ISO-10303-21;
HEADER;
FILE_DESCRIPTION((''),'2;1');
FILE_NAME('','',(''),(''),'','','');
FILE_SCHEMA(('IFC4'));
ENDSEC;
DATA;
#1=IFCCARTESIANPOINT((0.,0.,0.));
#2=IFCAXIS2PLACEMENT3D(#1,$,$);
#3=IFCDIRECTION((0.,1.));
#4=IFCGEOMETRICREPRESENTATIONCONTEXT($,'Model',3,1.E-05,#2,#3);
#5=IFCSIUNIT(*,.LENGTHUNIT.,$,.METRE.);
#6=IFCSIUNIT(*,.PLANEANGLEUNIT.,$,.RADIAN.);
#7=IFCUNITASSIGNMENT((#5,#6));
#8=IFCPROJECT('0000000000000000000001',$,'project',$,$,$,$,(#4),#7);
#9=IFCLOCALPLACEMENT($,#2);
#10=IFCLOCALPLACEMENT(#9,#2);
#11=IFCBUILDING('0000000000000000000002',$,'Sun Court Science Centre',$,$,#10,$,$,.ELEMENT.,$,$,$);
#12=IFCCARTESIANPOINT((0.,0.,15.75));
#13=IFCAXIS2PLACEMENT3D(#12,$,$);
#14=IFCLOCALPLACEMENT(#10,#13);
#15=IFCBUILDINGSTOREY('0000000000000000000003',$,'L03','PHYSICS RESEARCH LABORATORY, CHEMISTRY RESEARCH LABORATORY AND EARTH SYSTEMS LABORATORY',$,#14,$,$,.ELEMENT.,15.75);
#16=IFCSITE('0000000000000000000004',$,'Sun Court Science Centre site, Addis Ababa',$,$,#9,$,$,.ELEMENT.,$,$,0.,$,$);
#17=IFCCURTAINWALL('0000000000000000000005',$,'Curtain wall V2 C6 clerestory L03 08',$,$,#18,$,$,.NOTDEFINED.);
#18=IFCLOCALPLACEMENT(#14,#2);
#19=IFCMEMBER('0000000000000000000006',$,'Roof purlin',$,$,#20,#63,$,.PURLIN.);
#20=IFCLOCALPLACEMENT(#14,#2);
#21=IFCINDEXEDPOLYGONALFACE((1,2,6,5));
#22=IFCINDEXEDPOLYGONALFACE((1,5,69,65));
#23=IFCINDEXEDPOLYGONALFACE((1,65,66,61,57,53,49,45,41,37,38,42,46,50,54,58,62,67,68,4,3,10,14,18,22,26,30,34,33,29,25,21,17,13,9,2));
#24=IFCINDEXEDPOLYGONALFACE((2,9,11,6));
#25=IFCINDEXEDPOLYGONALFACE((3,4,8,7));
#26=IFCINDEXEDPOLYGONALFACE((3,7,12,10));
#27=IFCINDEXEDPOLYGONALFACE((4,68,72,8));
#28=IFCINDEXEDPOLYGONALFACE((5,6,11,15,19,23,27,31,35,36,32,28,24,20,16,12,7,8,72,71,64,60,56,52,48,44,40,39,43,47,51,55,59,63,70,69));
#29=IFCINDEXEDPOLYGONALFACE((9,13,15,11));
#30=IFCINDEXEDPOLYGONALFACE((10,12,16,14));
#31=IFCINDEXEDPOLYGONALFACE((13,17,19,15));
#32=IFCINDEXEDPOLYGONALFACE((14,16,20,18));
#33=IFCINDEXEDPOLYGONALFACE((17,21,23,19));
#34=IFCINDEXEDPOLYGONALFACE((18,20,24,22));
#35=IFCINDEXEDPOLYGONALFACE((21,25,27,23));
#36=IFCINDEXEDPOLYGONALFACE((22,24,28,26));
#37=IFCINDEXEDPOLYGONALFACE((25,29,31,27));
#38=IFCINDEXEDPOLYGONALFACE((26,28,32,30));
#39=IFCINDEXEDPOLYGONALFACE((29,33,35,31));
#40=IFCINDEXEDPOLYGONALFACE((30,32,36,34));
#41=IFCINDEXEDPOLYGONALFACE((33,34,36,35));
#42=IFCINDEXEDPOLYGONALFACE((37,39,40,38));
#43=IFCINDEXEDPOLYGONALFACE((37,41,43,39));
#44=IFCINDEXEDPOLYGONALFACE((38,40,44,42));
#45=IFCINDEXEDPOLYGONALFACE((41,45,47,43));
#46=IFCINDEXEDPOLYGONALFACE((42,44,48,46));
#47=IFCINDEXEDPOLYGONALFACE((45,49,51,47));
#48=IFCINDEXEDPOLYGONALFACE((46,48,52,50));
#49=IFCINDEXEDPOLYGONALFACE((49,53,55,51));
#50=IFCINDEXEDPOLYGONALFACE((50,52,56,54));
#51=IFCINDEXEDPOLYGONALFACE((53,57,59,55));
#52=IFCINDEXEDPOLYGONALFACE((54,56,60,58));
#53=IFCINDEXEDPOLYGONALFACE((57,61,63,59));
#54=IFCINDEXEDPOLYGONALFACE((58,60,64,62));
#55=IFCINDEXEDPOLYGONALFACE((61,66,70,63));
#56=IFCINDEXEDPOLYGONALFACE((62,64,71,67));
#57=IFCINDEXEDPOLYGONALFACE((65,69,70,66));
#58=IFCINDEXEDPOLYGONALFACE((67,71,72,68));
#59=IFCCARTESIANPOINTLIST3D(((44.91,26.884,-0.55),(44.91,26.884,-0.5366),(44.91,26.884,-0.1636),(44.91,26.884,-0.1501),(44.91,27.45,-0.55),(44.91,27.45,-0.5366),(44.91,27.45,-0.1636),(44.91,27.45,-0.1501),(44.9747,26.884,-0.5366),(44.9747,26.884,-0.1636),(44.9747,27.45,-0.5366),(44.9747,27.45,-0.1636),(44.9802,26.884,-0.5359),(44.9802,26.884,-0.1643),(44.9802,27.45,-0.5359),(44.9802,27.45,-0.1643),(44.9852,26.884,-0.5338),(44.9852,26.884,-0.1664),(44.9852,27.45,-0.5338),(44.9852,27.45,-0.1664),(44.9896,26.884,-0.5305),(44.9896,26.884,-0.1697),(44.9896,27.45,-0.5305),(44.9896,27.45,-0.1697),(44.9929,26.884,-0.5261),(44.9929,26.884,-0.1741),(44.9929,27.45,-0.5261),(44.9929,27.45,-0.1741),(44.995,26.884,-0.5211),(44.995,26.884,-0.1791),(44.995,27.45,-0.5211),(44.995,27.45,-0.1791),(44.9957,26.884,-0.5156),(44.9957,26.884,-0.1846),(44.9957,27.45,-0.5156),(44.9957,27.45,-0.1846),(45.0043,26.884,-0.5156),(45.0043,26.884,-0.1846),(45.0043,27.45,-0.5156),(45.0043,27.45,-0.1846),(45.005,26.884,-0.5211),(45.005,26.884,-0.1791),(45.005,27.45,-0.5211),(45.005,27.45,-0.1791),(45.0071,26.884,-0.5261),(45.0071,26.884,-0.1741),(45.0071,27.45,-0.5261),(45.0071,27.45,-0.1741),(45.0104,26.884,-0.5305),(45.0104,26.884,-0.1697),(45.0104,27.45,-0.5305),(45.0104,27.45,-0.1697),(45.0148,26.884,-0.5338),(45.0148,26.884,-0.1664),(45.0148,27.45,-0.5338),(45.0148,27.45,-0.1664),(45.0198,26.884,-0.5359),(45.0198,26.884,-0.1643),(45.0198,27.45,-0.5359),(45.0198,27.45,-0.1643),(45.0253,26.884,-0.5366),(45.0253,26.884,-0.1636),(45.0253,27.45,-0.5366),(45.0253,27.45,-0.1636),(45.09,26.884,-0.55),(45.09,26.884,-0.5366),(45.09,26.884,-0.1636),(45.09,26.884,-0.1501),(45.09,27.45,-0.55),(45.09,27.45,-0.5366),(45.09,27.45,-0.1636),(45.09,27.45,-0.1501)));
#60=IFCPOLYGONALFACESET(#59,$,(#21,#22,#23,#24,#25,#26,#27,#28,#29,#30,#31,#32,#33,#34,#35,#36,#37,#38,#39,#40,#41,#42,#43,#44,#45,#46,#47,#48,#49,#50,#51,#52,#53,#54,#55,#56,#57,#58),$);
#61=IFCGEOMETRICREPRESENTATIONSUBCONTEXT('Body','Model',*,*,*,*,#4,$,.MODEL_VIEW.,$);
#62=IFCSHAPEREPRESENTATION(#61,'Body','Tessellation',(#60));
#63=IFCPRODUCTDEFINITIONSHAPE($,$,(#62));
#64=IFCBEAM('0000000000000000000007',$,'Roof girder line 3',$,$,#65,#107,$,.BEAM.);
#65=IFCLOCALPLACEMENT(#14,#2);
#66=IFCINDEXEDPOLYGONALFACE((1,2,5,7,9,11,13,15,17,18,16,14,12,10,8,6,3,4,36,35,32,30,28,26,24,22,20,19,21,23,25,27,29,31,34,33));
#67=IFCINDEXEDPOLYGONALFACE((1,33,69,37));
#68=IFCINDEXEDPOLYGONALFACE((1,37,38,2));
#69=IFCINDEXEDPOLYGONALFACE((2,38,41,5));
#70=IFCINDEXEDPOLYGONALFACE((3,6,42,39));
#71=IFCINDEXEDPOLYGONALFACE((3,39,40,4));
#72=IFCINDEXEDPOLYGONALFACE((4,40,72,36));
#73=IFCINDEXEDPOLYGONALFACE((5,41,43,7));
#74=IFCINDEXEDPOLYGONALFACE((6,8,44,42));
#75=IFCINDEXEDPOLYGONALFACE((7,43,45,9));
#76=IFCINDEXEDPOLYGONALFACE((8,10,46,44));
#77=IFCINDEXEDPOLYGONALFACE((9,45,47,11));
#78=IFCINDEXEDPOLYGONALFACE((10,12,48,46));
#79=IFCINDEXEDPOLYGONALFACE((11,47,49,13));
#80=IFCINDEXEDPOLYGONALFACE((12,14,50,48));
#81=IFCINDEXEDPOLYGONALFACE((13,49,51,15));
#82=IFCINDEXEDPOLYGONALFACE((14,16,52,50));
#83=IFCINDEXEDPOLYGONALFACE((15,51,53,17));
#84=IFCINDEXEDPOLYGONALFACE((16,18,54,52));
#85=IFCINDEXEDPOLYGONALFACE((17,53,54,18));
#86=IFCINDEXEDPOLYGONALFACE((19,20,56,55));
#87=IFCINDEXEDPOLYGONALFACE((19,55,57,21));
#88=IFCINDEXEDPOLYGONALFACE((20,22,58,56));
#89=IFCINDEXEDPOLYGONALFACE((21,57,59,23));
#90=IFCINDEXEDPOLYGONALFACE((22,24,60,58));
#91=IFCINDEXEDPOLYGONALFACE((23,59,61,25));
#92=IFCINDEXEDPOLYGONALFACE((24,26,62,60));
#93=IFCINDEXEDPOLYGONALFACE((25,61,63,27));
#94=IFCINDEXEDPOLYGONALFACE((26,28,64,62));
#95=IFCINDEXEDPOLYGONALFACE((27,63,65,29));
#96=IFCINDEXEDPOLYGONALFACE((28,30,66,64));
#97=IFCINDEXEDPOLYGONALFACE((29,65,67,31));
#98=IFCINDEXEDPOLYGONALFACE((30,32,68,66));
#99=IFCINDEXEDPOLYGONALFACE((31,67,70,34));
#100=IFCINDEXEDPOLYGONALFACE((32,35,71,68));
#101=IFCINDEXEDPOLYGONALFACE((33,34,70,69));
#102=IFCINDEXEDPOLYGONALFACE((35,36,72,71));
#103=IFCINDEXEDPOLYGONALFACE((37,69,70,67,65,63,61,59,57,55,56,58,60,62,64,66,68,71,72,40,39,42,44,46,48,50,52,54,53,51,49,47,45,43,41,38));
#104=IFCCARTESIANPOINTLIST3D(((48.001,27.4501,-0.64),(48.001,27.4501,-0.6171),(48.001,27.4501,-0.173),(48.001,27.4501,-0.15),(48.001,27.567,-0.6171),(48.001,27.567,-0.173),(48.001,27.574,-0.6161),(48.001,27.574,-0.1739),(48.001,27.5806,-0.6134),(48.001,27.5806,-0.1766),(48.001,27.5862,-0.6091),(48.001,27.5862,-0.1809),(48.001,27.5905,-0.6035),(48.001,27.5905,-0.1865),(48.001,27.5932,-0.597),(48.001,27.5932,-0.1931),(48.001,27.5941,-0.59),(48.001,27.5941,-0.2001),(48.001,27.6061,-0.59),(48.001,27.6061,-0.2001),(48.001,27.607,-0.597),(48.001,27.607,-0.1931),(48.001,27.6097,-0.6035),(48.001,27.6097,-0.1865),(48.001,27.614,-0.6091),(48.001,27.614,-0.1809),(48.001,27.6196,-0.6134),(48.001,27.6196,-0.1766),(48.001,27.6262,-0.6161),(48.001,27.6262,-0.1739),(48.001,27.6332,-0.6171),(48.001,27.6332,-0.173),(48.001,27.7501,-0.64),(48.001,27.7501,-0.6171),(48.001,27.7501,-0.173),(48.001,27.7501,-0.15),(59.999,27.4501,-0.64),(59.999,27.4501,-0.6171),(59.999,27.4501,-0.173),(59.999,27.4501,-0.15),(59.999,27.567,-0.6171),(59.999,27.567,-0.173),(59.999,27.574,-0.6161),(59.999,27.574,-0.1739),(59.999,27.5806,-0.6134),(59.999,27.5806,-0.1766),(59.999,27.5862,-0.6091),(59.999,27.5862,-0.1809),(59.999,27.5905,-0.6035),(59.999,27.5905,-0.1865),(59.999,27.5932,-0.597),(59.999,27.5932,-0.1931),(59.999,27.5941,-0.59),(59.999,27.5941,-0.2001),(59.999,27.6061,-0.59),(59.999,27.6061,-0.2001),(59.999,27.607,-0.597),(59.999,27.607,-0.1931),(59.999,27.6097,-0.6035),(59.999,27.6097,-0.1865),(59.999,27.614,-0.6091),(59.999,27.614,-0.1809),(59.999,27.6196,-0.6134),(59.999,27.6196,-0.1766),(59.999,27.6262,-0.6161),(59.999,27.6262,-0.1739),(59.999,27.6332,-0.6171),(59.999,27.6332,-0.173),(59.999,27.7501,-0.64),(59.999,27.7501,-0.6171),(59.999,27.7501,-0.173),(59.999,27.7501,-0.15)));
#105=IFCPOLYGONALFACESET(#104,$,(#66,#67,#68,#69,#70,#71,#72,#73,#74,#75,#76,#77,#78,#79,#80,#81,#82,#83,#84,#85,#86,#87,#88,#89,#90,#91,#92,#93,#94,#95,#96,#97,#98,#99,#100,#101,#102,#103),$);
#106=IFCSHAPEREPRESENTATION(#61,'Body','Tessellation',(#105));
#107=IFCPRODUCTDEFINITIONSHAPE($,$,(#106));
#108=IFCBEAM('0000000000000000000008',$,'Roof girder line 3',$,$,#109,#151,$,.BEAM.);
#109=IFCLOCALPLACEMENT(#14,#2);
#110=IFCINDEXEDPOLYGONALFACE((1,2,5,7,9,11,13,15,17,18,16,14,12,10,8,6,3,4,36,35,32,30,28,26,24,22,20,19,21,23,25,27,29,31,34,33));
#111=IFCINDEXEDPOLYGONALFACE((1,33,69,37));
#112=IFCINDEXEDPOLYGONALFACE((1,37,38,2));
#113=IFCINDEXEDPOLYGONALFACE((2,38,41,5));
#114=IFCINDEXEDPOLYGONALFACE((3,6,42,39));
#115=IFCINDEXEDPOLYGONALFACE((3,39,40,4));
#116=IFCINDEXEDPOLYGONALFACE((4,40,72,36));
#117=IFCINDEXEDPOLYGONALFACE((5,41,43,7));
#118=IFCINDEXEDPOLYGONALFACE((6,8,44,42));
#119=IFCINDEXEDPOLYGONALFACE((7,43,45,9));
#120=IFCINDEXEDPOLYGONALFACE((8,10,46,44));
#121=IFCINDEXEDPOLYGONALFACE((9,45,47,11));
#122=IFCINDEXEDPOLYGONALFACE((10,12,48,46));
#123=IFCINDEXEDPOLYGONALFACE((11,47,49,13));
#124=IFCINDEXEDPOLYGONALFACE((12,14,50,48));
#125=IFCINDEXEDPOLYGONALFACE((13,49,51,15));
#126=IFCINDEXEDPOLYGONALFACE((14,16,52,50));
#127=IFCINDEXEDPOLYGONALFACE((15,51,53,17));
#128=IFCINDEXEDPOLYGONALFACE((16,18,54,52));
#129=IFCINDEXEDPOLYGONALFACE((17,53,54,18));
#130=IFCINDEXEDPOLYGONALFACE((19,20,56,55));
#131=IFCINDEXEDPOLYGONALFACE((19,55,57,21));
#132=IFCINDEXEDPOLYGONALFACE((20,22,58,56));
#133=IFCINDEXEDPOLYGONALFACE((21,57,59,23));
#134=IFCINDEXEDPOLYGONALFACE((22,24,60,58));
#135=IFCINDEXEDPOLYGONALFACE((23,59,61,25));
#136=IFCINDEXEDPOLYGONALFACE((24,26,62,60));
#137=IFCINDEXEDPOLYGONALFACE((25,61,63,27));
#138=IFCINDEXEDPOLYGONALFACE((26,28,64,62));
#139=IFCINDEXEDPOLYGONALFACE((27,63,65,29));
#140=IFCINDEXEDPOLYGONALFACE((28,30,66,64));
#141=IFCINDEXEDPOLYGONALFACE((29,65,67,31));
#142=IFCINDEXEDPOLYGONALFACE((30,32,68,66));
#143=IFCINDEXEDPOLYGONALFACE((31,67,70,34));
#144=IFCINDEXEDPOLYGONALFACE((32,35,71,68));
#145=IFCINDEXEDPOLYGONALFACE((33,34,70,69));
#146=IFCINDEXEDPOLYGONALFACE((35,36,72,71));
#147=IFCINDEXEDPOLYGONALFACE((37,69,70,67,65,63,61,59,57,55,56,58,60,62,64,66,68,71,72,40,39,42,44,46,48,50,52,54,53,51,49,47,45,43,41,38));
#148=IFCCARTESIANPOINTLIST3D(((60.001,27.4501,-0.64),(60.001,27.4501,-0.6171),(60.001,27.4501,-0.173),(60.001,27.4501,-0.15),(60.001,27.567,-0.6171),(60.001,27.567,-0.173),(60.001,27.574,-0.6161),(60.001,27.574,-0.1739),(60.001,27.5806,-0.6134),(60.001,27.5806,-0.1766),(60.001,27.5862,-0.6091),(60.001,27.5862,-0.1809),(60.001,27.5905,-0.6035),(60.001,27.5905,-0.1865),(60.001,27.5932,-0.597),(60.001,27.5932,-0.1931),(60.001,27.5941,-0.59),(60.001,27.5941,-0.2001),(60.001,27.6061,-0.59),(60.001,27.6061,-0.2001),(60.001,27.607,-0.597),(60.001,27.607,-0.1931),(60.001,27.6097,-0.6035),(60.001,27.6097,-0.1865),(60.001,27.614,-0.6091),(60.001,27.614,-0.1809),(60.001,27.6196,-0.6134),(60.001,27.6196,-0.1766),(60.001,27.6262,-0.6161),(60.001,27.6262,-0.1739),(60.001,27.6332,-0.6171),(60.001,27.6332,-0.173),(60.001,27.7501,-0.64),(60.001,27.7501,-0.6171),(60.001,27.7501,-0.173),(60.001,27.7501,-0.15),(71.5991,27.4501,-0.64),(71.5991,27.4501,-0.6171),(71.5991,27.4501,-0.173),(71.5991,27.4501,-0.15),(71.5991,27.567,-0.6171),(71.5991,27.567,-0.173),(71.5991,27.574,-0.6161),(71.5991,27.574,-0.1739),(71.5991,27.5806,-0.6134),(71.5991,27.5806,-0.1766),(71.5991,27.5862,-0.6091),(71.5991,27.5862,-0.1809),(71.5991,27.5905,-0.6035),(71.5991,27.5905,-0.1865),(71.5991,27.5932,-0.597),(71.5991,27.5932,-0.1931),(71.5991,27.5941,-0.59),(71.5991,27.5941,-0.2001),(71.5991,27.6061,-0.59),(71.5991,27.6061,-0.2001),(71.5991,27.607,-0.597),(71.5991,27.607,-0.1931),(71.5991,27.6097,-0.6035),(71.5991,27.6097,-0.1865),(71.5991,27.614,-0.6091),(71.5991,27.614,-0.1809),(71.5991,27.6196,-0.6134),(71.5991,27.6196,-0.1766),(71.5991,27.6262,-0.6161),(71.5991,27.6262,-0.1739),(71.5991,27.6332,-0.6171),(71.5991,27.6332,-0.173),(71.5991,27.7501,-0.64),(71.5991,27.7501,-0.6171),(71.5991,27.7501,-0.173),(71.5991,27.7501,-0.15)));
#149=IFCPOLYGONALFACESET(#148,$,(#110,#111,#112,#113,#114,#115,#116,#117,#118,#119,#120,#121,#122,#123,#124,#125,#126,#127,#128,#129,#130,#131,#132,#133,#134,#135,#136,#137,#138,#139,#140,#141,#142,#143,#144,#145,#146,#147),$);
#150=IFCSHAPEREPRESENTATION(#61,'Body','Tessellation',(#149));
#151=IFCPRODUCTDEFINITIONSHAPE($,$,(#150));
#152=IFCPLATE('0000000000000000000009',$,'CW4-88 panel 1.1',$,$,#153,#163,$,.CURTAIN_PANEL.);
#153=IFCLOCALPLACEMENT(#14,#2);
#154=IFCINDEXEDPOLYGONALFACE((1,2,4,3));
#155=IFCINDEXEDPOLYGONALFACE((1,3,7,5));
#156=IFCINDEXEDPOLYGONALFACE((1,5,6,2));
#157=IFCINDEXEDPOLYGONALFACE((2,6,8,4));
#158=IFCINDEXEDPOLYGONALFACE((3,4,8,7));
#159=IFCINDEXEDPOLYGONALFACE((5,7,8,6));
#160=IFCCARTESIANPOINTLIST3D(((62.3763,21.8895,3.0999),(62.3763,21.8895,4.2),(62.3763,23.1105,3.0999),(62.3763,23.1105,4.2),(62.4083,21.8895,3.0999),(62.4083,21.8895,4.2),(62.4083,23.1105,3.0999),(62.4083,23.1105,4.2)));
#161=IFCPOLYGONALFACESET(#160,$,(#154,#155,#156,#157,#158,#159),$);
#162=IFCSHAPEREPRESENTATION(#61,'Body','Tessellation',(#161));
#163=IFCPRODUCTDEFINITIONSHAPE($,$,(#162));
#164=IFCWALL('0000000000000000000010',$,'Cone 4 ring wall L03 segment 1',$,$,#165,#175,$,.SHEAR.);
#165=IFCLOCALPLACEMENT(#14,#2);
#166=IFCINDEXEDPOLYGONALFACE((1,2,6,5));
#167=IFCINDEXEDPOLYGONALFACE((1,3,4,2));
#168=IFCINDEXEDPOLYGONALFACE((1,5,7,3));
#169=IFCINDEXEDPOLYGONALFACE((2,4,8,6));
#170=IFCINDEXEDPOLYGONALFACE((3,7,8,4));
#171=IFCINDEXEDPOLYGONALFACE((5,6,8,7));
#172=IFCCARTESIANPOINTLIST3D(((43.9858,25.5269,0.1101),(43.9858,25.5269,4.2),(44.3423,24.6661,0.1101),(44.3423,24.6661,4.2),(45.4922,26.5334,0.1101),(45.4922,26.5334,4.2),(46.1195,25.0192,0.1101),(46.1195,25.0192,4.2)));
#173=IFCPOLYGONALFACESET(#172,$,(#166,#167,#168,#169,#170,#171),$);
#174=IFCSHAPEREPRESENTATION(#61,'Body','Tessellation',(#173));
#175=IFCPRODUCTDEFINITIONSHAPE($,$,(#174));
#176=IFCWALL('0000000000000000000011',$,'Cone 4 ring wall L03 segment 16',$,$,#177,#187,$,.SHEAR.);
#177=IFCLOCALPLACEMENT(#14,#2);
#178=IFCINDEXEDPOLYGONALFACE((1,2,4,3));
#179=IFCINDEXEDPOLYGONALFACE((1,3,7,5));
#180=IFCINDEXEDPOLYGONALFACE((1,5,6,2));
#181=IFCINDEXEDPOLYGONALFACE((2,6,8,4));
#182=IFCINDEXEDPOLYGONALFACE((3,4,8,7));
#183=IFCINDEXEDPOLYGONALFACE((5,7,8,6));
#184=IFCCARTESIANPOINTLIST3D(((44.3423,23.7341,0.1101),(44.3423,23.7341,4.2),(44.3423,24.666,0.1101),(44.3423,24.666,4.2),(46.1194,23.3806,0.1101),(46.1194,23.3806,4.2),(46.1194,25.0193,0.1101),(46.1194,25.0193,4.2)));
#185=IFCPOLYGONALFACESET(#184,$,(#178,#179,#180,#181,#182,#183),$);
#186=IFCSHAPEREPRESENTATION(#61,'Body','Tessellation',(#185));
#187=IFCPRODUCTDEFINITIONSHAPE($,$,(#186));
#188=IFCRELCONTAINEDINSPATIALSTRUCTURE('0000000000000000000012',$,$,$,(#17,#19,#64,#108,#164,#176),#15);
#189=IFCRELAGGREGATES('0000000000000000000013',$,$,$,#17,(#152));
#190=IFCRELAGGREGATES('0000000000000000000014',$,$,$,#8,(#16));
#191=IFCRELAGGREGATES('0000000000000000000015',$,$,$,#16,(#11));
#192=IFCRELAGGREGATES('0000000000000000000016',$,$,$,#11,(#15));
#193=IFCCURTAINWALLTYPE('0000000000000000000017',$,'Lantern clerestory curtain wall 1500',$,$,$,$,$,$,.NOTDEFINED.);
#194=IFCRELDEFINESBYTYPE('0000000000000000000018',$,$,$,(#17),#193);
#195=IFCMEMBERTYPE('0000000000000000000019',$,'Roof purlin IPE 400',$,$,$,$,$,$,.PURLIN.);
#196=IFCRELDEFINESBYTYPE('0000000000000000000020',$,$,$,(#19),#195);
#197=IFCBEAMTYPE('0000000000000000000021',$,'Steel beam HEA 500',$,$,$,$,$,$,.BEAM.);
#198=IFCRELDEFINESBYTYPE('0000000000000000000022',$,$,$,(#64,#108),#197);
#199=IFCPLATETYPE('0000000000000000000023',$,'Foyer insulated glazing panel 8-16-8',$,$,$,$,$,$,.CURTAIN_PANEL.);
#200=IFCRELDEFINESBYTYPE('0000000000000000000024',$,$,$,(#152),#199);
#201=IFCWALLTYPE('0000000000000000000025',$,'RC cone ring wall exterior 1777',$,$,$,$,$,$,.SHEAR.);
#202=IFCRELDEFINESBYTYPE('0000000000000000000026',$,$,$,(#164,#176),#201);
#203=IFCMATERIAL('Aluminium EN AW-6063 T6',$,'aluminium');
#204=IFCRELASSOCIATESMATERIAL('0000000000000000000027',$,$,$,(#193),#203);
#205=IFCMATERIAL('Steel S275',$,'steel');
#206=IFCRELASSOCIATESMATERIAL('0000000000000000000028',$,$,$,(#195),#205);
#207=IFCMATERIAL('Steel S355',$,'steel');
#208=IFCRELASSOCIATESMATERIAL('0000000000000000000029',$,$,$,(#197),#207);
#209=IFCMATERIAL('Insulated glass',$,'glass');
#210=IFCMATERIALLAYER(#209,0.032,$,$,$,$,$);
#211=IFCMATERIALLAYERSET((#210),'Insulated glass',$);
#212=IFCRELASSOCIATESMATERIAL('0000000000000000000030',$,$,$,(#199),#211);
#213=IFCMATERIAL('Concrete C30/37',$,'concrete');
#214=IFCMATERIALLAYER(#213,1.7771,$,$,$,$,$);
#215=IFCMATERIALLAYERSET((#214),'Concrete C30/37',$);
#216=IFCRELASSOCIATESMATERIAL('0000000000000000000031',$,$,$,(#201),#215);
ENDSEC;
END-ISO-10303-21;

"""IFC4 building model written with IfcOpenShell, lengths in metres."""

from ifc_helpers import new_model, si_unit, direction, frame, origin, origin_2d, place, context, subcontext, project, spatial, polyline, rectangle, i_section, outline, extrude, material, layer, layer_set, material_profile, profile_set, type_object, element, aggregate, save


model = new_model("IFC4")

# Units and contexts
model_context = context("Model", 3, precision=1e-05, world=origin(), true_north=direction((0.0, 1.0)))
body_context = subcontext(model_context, "Body", "Model", "MODEL_VIEW")
ifc_project = project(units=[si_unit("LENGTHUNIT", "METRE"), si_unit("PLANEANGLEUNIT", "RADIAN")], contexts=[model_context])

# Site, building, storey
site_placement = place(None, origin())
site = spatial("IfcSite", under=ifc_project, at=site_placement, Name="Sun Court Science Centre site, Addis Ababa", CompositionType="ELEMENT", RefElevation=0.0)
building_placement = place(site_placement, origin())
building = spatial("IfcBuilding", under=site, at=building_placement, Name="Sun Court Science Centre", CompositionType="ELEMENT")
storey_placement = place(building_placement, frame((0.0, 0.0, 15.75)))
storey = spatial("IfcBuildingStorey", under=building, at=storey_placement, Name="L03", Description="PHYSICS RESEARCH LABORATORY, CHEMISTRY RESEARCH LABORATORY AND EARTH SYSTEMS LABORATORY", CompositionType="ELEMENT", Elevation=15.75)

# Curtain wall
ifc_material_1 = material(Name="Aluminium EN AW-6063 T6", Category="aluminium")
curtain_wall_type = type_object("IfcCurtainWallType", Name="Lantern clerestory curtain wall 1500", PredefinedType="NOTDEFINED", material=ifc_material_1)
curtain_wall_placement = place(storey_placement, origin())
curtain_wall = element("IfcCurtainWall", 1, at=curtain_wall_placement, inside=storey, type_object=curtain_wall_type, Name="Curtain wall V2 C6 clerestory L03 08", PredefinedType="NOTDEFINED")

# Member
ifc_material_2 = material(Name="Steel S275", Category="steel")
ifc_material_profile_1 = material_profile(ifc_material_2, i_section(OverallWidth=0.1799, OverallDepth=0.3999, WebThickness=0.0085, FlangeThickness=0.0134, FilletRadius=0.021, at=origin_2d()), Name="IPE 400")
ifc_profile_set_1 = profile_set([ifc_material_profile_1], Name="Steel S275")
member_type_1 = type_object("IfcMemberType", Name="Roof purlin IPE 400", PredefinedType="PURLIN", material=ifc_profile_set_1)
member_1_placement = place(storey_placement, frame((45.0, 26.884, -0.3501), z_axis=(0.0, 1.0, 0.0), x_axis=(-1.0, 0.0, 0.0)))
element("IfcMember", 2, at=member_1_placement, inside=storey, type_object=member_type_1, Name="Roof purlin", PredefinedType="PURLIN", context=body_context, shape_type="SweptSolid", body=[
    extrude(i_section(OverallWidth=0.1799, OverallDepth=0.3999, WebThickness=0.0085, FlangeThickness=0.0134, FilletRadius=0.021, at=origin_2d()), origin(), (0.0, 0.0, 1.0), 0.5659),
])

# Beams
ifc_material_3 = material(Name="Steel S355", Category="steel")
ifc_material_profile_2 = material_profile(ifc_material_3, i_section(OverallWidth=0.3, OverallDepth=0.49, WebThickness=0.012, FlangeThickness=0.0229, FilletRadius=0.0271, at=origin_2d()), Name="HEA 500")
ifc_profile_set_2 = profile_set([ifc_material_profile_2], Name="Steel S355")
beam_type = type_object("IfcBeamType", Name="Steel beam HEA 500", PredefinedType="BEAM", material=ifc_profile_set_2)
beam_1_placement = place(storey_placement, frame((48.001, 27.6001, -0.395), z_axis=(1.0, 0.0, 0.0), x_axis=(0.0, 1.0, 0.0)))
element("IfcBeam", 3, at=beam_1_placement, inside=storey, type_object=beam_type, Name="Roof girder line 3", PredefinedType="BEAM", context=body_context, shape_type="SweptSolid", body=[
    extrude(i_section(OverallWidth=0.3, OverallDepth=0.49, WebThickness=0.012, FlangeThickness=0.0229, FilletRadius=0.0271, at=origin_2d()), origin(), (0.0, 0.0, 1.0), 11.998),
])
beam_2_placement = place(storey_placement, frame((60.001, 27.6001, -0.395), z_axis=(1.0, 0.0, 0.0), x_axis=(0.0, 1.0, 0.0)))
element("IfcBeam", 4, at=beam_2_placement, inside=storey, type_object=beam_type, Name="Roof girder line 3", PredefinedType="BEAM", context=body_context, shape_type="SweptSolid", body=[
    extrude(i_section(OverallWidth=0.3, OverallDepth=0.49, WebThickness=0.012, FlangeThickness=0.0229, FilletRadius=0.0271, at=origin_2d()), origin(), (0.0, 0.0, 1.0), 11.5981),
])

# Plate
ifc_material_4 = material(Name="Insulated glass", Category="glass")
ifc_layer_1 = layer(ifc_material_4, 0.032)
ifc_layer_set_1 = layer_set([ifc_layer_1], Name="Insulated glass")
plate_type = type_object("IfcPlateType", Name="Foyer insulated glazing panel 8-16-8", PredefinedType="CURTAIN_PANEL", material=ifc_layer_set_1)
plate_placement = place(storey_placement, frame((62.3923, 22.5, 3.0999), z_axis=(0.0, 0.0, 1.0), x_axis=(0.0, 1.0, 0.0)))
plate = element("IfcPlate", 5, at=plate_placement, type_object=plate_type, Name="CW4-88 panel 1.1", PredefinedType="CURTAIN_PANEL", context=body_context, shape_type="SweptSolid", body=[
    extrude(rectangle(XDim=1.2209, YDim=0.032, at=origin_2d()), origin(), (0.0, 0.0, 1.0), 1.1001),
])
aggregate(curtain_wall, [plate])

# Walls
ifc_material_5 = material(Name="Concrete C30/37", Category="concrete")
ifc_layer_2 = layer(ifc_material_5, 1.7771)
ifc_layer_set_2 = layer_set([ifc_layer_2], Name="Concrete C30/37")
wall_type_1 = type_object("IfcWallType", Name="RC cone ring wall exterior 1777", PredefinedType="SHEAR", material=ifc_layer_set_2)
wall_1_placement = place(storey_placement, frame((45.2983, 24.6794, 0.1101), z_axis=(0.0, 0.0, 1.0), x_axis=(-0.382615, 0.923908, 0.0)))
element("IfcWall", 6, at=wall_1_placement, inside=storey, type_object=wall_type_1, Name="Cone 4 ring wall L03 segment 1", PredefinedType="SHEAR", context=body_context, shape_type="SweptSolid", body=[
    extrude(outline(polyline([(-0.0002, -0.8887), (1.6387, -0.8884), (1.2852, 0.8884), (0.3535, 0.8884), (-0.0002, -0.8887)])), origin(), (0.0, 0.0, 1.0), 4.0898),
])
wall_2_placement = place(storey_placement, frame((45.2307, 23.3806, 0.1101), z_axis=(0.0, 0.0, 1.0), x_axis=(0.0, 1.0, 0.0)))
element("IfcWall", 7, at=wall_2_placement, inside=storey, type_object=wall_type_1, Name="Cone 4 ring wall L03 segment 16", PredefinedType="SHEAR", context=body_context, shape_type="SweptSolid", body=[
    extrude(outline(polyline([(0.0, -0.8887), (1.6387, -0.8887), (1.2854, 0.8884), (0.3535, 0.8884), (0.0, -0.8887)])), origin(), (0.0, 0.0, 1.0), 4.0898),
])

save(model, "model.ifc")
